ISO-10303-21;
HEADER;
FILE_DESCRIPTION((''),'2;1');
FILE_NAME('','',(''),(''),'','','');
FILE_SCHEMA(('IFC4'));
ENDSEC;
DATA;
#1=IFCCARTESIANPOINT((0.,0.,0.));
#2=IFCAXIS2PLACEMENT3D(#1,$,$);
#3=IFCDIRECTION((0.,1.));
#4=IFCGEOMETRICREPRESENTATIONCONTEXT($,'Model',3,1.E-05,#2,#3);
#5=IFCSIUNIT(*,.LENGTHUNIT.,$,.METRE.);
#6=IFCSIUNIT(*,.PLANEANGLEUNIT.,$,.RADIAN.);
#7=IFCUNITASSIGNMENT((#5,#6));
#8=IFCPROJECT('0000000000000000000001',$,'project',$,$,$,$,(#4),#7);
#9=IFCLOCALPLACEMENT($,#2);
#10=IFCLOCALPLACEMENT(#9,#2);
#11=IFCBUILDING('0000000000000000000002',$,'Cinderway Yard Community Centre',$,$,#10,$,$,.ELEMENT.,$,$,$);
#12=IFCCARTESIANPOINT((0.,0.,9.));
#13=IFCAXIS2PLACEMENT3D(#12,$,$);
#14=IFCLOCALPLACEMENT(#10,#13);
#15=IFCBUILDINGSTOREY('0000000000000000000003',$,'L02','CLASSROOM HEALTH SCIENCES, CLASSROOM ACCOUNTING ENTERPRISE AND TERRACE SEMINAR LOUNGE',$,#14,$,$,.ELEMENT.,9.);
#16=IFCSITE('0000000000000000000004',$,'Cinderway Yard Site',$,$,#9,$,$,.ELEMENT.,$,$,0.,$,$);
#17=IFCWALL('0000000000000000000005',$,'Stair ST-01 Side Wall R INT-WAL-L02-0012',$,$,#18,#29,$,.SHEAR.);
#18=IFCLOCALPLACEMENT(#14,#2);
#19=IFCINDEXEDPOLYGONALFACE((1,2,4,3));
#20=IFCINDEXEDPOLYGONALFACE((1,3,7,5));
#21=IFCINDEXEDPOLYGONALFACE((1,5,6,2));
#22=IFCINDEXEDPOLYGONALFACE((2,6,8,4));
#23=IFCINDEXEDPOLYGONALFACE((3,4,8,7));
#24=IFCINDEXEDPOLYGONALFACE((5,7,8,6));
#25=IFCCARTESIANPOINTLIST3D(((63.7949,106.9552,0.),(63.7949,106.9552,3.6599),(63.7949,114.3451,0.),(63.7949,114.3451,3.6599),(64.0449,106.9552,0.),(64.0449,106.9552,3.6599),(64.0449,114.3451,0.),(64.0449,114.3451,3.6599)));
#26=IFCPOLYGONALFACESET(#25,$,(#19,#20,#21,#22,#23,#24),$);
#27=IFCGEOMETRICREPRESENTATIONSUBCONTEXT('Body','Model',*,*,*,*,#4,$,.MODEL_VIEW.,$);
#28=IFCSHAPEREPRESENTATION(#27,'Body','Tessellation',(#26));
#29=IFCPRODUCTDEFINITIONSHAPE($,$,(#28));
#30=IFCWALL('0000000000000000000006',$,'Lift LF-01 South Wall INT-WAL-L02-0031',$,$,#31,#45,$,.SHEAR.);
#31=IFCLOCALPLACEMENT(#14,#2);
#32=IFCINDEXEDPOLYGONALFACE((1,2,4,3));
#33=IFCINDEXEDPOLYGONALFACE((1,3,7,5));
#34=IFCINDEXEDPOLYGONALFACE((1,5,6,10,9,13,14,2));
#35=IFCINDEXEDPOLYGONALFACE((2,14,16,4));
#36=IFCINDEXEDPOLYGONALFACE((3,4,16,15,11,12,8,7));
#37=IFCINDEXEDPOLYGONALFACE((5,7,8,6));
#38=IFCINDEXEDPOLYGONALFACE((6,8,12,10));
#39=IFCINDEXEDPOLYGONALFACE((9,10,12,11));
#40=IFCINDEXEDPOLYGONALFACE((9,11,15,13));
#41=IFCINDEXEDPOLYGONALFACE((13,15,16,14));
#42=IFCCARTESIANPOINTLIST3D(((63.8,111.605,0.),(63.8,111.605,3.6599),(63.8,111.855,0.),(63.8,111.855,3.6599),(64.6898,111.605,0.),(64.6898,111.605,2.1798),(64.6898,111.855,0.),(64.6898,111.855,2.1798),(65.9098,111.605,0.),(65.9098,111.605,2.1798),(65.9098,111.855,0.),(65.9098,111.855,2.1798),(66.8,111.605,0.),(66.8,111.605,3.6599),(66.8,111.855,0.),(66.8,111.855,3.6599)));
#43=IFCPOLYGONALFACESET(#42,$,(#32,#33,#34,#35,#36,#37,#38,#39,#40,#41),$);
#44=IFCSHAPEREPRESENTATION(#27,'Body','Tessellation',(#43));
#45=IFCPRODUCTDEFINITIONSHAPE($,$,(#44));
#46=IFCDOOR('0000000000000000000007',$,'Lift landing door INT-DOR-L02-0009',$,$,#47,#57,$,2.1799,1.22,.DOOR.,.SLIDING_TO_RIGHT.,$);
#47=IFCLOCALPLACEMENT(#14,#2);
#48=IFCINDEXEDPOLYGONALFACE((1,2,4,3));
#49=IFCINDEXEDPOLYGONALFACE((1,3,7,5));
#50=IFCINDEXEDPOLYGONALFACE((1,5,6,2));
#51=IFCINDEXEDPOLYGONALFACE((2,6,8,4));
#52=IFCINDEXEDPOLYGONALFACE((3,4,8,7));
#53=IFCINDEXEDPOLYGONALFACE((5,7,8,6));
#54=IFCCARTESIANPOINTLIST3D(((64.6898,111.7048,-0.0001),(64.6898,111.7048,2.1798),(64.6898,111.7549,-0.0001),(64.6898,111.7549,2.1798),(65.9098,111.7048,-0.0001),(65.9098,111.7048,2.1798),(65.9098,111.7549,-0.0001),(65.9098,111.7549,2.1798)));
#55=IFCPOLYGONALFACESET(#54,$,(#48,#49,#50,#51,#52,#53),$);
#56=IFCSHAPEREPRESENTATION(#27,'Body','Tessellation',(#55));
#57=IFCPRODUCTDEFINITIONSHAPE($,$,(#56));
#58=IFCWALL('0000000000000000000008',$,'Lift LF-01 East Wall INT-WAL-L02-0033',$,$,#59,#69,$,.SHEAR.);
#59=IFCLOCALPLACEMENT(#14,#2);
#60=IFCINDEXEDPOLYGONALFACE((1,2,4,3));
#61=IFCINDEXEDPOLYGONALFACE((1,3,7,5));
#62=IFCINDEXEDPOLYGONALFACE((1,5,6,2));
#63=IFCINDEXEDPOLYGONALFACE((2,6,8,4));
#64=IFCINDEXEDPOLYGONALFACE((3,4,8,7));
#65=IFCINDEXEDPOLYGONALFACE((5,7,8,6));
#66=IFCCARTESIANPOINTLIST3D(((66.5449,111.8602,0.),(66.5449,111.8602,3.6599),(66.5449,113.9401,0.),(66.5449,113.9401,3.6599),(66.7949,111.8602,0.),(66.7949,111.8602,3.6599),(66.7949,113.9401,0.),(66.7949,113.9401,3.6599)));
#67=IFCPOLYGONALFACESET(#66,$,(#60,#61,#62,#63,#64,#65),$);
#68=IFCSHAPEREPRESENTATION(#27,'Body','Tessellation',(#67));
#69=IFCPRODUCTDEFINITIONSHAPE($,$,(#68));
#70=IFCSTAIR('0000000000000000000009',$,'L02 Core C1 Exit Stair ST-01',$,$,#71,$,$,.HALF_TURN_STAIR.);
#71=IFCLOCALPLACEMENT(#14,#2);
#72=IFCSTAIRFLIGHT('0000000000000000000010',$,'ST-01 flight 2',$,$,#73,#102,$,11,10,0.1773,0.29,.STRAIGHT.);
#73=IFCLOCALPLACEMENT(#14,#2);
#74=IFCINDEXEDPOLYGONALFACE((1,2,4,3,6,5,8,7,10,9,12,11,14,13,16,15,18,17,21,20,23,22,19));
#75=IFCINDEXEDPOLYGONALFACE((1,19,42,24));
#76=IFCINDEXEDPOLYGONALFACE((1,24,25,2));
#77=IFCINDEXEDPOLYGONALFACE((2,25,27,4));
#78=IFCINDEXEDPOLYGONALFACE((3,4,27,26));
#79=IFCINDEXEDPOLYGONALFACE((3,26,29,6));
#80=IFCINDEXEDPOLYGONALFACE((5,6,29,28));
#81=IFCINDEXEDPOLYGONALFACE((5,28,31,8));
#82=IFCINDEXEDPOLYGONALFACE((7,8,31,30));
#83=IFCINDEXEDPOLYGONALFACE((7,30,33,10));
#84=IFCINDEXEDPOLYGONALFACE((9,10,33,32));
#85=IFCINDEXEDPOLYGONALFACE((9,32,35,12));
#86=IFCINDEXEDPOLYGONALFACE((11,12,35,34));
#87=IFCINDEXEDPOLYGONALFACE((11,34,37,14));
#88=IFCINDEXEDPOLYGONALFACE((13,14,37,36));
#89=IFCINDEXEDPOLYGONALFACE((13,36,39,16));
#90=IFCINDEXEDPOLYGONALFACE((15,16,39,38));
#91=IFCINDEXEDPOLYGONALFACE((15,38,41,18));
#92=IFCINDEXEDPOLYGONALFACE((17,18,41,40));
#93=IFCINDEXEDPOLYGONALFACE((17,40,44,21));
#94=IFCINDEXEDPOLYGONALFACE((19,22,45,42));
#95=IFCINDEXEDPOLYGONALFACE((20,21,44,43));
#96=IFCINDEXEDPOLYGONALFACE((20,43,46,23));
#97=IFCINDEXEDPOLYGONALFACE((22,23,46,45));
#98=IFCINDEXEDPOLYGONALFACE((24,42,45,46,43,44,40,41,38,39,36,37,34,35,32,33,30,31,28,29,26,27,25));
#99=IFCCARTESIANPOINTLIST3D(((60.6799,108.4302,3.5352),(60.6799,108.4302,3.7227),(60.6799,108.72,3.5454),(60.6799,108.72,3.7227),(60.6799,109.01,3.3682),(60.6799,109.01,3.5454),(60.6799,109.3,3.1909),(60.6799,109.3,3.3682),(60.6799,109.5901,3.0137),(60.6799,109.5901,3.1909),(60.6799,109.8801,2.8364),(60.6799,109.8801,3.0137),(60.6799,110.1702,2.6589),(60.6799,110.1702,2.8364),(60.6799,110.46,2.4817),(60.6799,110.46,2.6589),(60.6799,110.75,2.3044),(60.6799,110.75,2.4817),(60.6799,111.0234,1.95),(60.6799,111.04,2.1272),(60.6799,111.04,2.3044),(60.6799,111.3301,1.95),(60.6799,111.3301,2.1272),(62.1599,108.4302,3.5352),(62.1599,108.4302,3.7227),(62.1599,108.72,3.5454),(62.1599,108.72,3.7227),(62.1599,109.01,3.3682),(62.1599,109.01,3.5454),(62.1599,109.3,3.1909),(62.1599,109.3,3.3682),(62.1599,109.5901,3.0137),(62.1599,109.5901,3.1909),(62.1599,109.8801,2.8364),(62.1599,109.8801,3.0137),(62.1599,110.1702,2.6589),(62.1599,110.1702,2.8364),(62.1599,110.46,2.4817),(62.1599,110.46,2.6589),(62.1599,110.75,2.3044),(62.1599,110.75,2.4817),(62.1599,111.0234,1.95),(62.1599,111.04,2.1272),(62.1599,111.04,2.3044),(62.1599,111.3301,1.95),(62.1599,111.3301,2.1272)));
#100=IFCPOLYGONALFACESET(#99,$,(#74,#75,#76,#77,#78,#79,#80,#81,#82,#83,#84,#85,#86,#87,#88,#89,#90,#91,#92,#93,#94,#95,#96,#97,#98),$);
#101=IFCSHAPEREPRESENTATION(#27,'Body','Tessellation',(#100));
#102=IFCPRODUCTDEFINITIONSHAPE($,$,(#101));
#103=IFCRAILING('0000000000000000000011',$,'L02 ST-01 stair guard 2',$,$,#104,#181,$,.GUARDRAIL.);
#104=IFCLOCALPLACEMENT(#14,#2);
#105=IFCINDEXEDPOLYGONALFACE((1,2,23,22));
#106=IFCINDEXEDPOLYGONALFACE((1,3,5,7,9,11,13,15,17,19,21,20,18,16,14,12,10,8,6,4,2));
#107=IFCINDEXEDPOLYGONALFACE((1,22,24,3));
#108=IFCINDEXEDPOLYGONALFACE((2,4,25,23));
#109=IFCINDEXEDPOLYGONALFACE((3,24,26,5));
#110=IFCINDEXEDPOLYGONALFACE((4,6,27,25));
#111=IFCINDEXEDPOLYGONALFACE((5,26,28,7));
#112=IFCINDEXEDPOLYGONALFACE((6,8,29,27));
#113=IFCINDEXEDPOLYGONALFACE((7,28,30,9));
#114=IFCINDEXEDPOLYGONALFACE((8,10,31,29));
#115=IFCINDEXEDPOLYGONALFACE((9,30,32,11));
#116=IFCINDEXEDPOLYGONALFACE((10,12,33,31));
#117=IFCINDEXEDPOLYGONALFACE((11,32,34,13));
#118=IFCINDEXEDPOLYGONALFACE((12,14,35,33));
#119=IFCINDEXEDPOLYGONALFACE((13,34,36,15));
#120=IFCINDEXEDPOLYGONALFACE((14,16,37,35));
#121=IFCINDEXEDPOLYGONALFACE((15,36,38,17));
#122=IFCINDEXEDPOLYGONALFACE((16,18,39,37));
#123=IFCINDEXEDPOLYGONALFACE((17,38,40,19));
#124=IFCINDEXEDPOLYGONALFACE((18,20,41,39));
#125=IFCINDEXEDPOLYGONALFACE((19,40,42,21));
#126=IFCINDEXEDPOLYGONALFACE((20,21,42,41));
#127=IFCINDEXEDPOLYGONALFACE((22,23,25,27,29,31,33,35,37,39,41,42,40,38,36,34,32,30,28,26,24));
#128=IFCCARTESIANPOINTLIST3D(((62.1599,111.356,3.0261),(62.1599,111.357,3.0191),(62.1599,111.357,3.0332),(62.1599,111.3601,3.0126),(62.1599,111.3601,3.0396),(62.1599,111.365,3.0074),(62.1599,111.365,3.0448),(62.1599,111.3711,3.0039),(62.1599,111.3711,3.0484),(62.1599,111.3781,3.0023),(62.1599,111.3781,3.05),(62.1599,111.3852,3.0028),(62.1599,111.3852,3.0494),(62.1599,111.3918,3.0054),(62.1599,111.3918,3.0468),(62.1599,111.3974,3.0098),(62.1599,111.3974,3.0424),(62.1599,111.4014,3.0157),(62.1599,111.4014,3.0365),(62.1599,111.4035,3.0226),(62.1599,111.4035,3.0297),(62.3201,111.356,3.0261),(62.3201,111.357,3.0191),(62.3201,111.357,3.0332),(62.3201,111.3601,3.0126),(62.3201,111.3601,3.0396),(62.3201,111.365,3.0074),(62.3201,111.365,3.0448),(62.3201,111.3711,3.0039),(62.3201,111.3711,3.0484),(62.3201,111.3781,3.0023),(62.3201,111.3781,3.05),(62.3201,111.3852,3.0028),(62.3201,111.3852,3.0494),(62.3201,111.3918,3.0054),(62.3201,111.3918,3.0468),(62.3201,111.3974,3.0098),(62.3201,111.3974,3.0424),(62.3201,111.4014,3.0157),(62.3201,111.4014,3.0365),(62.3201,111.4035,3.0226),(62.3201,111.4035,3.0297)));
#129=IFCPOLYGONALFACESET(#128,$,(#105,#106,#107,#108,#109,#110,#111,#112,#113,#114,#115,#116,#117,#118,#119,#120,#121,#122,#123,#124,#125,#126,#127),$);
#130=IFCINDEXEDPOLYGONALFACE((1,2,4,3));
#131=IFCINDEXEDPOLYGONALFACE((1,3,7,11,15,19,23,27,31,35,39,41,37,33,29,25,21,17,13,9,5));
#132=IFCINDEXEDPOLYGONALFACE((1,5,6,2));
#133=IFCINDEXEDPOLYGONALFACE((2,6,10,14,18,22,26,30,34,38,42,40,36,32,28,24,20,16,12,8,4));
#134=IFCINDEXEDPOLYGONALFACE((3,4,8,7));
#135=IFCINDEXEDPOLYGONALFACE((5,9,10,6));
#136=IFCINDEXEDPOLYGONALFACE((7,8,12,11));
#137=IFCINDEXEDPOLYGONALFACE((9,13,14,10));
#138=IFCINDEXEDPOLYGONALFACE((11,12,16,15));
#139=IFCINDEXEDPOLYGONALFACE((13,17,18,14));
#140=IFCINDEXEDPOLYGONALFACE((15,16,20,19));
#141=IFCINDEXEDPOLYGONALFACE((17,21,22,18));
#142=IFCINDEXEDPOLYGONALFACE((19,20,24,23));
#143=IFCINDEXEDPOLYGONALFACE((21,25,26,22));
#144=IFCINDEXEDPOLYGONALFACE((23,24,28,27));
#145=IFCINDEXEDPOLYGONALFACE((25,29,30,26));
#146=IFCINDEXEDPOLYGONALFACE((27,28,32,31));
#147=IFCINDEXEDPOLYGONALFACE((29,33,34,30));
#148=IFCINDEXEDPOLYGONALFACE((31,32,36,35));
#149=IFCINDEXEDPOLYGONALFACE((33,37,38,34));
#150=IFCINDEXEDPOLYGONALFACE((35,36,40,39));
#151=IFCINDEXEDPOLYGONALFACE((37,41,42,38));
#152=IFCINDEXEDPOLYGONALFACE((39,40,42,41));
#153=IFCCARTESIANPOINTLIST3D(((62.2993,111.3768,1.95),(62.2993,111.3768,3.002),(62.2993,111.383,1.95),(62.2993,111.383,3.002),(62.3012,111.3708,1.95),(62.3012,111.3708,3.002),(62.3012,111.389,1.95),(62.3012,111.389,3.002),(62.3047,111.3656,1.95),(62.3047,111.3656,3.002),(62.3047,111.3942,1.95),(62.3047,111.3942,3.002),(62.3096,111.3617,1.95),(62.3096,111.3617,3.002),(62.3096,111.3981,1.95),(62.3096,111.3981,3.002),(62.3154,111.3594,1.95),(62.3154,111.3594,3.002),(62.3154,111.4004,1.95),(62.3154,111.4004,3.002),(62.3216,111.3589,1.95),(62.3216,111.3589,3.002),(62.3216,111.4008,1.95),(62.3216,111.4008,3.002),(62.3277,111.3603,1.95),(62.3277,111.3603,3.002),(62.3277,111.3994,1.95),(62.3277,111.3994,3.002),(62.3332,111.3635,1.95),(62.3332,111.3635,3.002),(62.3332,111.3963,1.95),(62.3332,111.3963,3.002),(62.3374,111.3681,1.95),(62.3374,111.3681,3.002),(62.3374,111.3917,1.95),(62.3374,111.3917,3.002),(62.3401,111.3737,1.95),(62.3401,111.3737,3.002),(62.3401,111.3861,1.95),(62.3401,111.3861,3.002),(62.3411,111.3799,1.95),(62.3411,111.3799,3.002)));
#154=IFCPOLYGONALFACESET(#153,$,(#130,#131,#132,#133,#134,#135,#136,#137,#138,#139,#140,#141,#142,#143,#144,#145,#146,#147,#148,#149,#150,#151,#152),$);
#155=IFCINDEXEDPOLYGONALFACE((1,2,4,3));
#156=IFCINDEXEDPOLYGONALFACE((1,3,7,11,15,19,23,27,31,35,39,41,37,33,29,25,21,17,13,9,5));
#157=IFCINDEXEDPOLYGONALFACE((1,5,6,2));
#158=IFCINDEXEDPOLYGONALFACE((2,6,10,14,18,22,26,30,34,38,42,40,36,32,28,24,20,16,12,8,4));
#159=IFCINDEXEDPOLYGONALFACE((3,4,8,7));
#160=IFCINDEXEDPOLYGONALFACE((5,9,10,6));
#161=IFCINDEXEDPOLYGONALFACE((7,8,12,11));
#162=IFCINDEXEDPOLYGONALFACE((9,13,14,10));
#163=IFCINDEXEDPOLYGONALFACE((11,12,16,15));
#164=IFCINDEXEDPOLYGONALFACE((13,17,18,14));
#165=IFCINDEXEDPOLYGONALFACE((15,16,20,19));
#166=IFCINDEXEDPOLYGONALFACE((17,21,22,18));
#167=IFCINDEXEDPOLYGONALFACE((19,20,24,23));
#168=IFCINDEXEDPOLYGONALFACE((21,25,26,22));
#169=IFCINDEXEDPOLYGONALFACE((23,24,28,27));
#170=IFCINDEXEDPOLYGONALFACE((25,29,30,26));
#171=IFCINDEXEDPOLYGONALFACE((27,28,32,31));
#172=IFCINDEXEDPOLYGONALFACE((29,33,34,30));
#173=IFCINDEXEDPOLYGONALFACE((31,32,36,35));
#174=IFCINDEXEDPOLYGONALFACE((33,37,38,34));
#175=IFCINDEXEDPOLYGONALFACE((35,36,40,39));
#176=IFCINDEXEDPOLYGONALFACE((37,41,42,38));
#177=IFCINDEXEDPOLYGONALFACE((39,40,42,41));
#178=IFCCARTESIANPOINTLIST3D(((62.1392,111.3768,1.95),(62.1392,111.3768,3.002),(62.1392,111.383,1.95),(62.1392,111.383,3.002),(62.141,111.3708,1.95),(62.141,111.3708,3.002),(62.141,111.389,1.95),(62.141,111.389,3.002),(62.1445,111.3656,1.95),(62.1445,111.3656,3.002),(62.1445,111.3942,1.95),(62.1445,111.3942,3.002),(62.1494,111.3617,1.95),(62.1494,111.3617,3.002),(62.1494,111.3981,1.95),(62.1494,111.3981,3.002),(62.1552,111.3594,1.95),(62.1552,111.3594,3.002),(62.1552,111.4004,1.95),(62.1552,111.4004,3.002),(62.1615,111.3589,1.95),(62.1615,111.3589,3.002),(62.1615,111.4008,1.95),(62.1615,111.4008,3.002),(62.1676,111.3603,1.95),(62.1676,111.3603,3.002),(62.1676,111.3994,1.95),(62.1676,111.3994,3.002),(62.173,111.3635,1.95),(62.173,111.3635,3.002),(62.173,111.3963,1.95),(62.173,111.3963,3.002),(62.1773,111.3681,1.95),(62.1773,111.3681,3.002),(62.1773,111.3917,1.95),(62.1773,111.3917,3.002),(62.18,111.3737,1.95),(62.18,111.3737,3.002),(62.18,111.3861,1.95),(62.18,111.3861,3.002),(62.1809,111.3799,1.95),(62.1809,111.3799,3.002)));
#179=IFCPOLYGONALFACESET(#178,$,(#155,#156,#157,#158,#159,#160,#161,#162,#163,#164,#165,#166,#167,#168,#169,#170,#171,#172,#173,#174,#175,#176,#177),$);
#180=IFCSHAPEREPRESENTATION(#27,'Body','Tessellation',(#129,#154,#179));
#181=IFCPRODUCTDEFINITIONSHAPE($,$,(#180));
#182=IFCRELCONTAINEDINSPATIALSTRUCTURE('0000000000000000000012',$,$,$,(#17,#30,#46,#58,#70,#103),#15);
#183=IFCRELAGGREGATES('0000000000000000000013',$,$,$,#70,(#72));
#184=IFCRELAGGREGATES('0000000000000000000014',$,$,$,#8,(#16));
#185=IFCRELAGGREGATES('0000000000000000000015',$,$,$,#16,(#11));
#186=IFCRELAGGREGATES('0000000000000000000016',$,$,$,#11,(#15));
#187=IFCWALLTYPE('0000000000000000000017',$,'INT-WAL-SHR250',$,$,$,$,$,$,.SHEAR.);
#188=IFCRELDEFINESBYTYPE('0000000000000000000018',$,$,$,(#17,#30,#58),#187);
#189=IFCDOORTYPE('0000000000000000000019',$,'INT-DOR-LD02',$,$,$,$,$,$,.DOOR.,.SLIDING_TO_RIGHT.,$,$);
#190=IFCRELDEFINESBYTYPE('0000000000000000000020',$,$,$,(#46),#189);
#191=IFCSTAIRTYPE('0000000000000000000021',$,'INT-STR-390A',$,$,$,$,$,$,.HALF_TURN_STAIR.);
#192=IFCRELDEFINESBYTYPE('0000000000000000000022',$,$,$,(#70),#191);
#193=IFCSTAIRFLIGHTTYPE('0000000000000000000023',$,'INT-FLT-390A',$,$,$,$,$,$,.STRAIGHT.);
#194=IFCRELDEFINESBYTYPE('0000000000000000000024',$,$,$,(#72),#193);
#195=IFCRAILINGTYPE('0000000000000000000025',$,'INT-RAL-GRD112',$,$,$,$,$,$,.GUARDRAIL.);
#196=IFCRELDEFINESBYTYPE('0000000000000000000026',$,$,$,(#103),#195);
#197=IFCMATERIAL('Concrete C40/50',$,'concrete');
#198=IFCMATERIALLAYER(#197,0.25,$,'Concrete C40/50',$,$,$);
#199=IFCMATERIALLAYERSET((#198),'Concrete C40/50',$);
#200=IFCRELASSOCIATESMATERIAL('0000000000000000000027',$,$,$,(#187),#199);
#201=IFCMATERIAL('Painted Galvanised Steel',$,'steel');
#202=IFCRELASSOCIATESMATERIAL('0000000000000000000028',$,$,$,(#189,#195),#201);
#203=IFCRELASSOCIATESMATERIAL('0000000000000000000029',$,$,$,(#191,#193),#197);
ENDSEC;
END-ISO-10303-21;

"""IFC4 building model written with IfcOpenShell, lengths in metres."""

from ifc_helpers import new_model, si_unit, direction, frame, frame_2d, origin, origin_2d, place, context, subcontext, project, spatial, polyline, rectangle, circle, outline, extrude, material, layer, layer_set, type_object, element, fill, aggregate, save


model = new_model("IFC4")

# Units and contexts
model_context = context("Model", 3, precision=1e-05, world=origin(), true_north=direction((0.0, 1.0)))
body_context = subcontext(model_context, "Body", "Model", "MODEL_VIEW")
ifc_project = project(units=[si_unit("LENGTHUNIT", "METRE"), si_unit("PLANEANGLEUNIT", "RADIAN")], contexts=[model_context])

# Site, building, storey
site_placement = place(None, origin())
site = spatial("IfcSite", under=ifc_project, at=site_placement, Name="Cinderway Yard Site", CompositionType="ELEMENT", RefElevation=0.0)
building_placement = place(site_placement, origin())
building = spatial("IfcBuilding", under=site, at=building_placement, Name="Cinderway Yard Community Centre", CompositionType="ELEMENT")
storey_placement = place(building_placement, frame((0.0, 0.0, 9.0)))
storey = spatial("IfcBuildingStorey", under=building, at=storey_placement, Name="L02", Description="CLASSROOM HEALTH SCIENCES, CLASSROOM ACCOUNTING ENTERPRISE AND TERRACE SEMINAR LOUNGE", CompositionType="ELEMENT", Elevation=9.0)

# Shared definitions
ifc_material_1 = material(Name="Concrete C40/50", Category="concrete")

# Wall
ifc_layer_1 = layer(ifc_material_1, 0.25, Name="Concrete C40/50")
ifc_layer_set_1 = layer_set([ifc_layer_1], Name="Concrete C40/50")
wall_type = type_object("IfcWallType", Name="INT-WAL-SHR250", PredefinedType="SHEAR", material=ifc_layer_set_1)
wall_1_placement = place(storey_placement, frame((63.9199, 114.345, 0.0), z_axis=(0.0, 0.0, 1.0), x_axis=(0.0, -1.0, 0.0)))
element("IfcWall", 1, at=wall_1_placement, inside=storey, type_object=wall_type, Name="Stair ST-01 Side Wall R INT-WAL-L02-0012", PredefinedType="SHEAR", context=body_context, shape_type="SweptSolid", body=[
    extrude(rectangle(XDim=7.3899, YDim=0.25, at=frame_2d((3.6948, 0.0))), origin(), (0.0, 0.0, 1.0), 3.6599),
])

# Wall, opening, door
wall_2_placement = place(storey_placement, frame((63.8, 111.73, 0.0), z_axis=(0.0, 0.0, 1.0), x_axis=(1.0, 0.0, 0.0)))
wall_2 = element("IfcWall", 2, at=wall_2_placement, inside=storey, type_object=wall_type, Name="Lift LF-01 South Wall INT-WAL-L02-0031", PredefinedType="SHEAR", context=body_context, shape_type="SweptSolid", body=[
    extrude(rectangle(XDim=3.0, YDim=0.25, at=frame_2d((1.5, 0.0))), origin(), (0.0, 0.0, 1.0), 3.6599),
])
opening_placement = place(wall_2_placement, frame((0.8899, 0.0, 0.0)))
opening = element("IfcOpeningElement", 3, at=opening_placement, cuts=wall_2, PredefinedType="OPENING", context=body_context, shape_type="SweptSolid", body=[
    extrude(rectangle(XDim=1.22, YDim=2.1799, at=frame_2d((0.6099, 1.0898))), frame((0.0, 0.135, 0.0), z_axis=(0.0, -1.0, 0.0), x_axis=(1.0, 0.0, 0.0)), (0.0, 0.0, 1.0), 0.27),
])
ifc_material_2 = material(Name="Painted Galvanised Steel", Category="steel")
door_type = type_object("IfcDoorType", Name="INT-DOR-LD02", OperationType="SLIDING_TO_RIGHT", PredefinedType="DOOR", material=ifc_material_2)
door_placement = place(opening_placement, origin())
door = element("IfcDoor", 4, at=door_placement, inside=storey, type_object=door_type, Name="Lift landing door INT-DOR-L02-0009", OperationType="SLIDING_TO_RIGHT", OverallHeight=2.1799, OverallWidth=1.22, PredefinedType="DOOR", context=body_context, shape_type="SweptSolid", body=[
    extrude(rectangle(XDim=1.22, YDim=2.1799, at=frame_2d((0.6099, 1.0898))), frame((0.0, 0.0249, 0.0), z_axis=(0.0, -1.0, 0.0), x_axis=(1.0, 0.0, 0.0)), (0.0, 0.0, 1.0), 0.05),
])
fill(opening, door)

# Wall
wall_3_placement = place(storey_placement, frame((66.6699, 111.8601, 0.0), z_axis=(0.0, 0.0, 1.0), x_axis=(0.0, 1.0, 0.0)))
element("IfcWall", 5, at=wall_3_placement, inside=storey, type_object=wall_type, Name="Lift LF-01 East Wall INT-WAL-L02-0033", PredefinedType="SHEAR", context=body_context, shape_type="SweptSolid", body=[
    extrude(rectangle(XDim=2.0798, YDim=0.25, at=frame_2d((1.04, 0.0))), origin(), (0.0, 0.0, 1.0), 3.6599),
])

# Stair, stair flight
stair_type = type_object("IfcStairType", Name="INT-STR-390A", PredefinedType="HALF_TURN_STAIR", material=ifc_material_1)
stair_placement = place(storey_placement, origin())
stair = element("IfcStair", 6, at=stair_placement, inside=storey, type_object=stair_type, Name="L02 Core C1 Exit Stair ST-01", PredefinedType="HALF_TURN_STAIR")
stair_flight_type = type_object("IfcStairFlightType", Name="INT-FLT-390A", PredefinedType="STRAIGHT", material=ifc_material_1)
stair_flight_placement = place(storey_placement, frame((61.4199, 111.3301, 1.95), z_axis=(0.0, 0.0, 1.0), x_axis=(0.0, -1.0, 0.0)))
stair_flight = element("IfcStairFlight", 7, at=stair_flight_placement, type_object=stair_flight_type, Name="ST-01 flight 2", NumberOfRisers=11, NumberOfTreads=10, PredefinedType="STRAIGHT", RiserHeight=0.1773, TreadLength=0.29, context=body_context, shape_type="SweptSolid", body=[
    extrude(outline(polyline([(0.0, 0.0), (0.0, 0.1772), (0.29, 0.1772), (0.29, 0.3545), (0.5801, 0.3545), (0.5801, 0.5317), (0.8701, 0.5317), (0.8701, 0.709), (1.1599, 0.709), (1.1599, 0.8865), (1.45, 0.8865), (1.45, 1.0637), (1.74, 1.0637), (1.74, 1.241), (2.03, 1.241), (2.03, 1.4182), (2.3201, 1.4182), (2.3201, 1.5955), (2.6101, 1.5955), (2.6101, 1.7727), (2.8999, 1.7727), (2.8999, 1.95), (2.8999, 1.5852), (0.3066, 0.0), (0.0, 0.0)])), frame((0.0, 0.74, 0.0), z_axis=(0.0, -1.0, 0.0), x_axis=(1.0, 0.0, 0.0)), (0.0, 0.0, 1.0), 1.48),
])
aggregate(stair, [stair_flight])

# Railing
railing_type_1 = type_object("IfcRailingType", Name="INT-RAL-GRD112", PredefinedType="GUARDRAIL", material=ifc_material_2)
railing_1_placement = place(storey_placement, frame((62.3201, 111.3799, 1.95)))
element("IfcRailing", 8, at=railing_1_placement, inside=storey, type_object=railing_type_1, Name="L02 ST-01 stair guard 2", PredefinedType="GUARDRAIL", context=body_context, shape_type="SweptSolid", body=[
    extrude(circle(Radius=0.0239, at=origin_2d()), frame((0.0, 0.0, 1.0762), z_axis=(-1.0, 0.0, 0.0), x_axis=(0.0, -1.0, 0.0)), (0.0, 0.0, 1.0), 0.1602),
    extrude(circle(Radius=0.021, at=origin_2d()), origin(), (0.0, 0.0, 1.0), 1.052),
    extrude(circle(Radius=0.021, at=origin_2d()), frame((-0.1602, 0.0, 0.0)), (0.0, 0.0, 1.0), 1.052),
])

save(model, "model.ifc")
